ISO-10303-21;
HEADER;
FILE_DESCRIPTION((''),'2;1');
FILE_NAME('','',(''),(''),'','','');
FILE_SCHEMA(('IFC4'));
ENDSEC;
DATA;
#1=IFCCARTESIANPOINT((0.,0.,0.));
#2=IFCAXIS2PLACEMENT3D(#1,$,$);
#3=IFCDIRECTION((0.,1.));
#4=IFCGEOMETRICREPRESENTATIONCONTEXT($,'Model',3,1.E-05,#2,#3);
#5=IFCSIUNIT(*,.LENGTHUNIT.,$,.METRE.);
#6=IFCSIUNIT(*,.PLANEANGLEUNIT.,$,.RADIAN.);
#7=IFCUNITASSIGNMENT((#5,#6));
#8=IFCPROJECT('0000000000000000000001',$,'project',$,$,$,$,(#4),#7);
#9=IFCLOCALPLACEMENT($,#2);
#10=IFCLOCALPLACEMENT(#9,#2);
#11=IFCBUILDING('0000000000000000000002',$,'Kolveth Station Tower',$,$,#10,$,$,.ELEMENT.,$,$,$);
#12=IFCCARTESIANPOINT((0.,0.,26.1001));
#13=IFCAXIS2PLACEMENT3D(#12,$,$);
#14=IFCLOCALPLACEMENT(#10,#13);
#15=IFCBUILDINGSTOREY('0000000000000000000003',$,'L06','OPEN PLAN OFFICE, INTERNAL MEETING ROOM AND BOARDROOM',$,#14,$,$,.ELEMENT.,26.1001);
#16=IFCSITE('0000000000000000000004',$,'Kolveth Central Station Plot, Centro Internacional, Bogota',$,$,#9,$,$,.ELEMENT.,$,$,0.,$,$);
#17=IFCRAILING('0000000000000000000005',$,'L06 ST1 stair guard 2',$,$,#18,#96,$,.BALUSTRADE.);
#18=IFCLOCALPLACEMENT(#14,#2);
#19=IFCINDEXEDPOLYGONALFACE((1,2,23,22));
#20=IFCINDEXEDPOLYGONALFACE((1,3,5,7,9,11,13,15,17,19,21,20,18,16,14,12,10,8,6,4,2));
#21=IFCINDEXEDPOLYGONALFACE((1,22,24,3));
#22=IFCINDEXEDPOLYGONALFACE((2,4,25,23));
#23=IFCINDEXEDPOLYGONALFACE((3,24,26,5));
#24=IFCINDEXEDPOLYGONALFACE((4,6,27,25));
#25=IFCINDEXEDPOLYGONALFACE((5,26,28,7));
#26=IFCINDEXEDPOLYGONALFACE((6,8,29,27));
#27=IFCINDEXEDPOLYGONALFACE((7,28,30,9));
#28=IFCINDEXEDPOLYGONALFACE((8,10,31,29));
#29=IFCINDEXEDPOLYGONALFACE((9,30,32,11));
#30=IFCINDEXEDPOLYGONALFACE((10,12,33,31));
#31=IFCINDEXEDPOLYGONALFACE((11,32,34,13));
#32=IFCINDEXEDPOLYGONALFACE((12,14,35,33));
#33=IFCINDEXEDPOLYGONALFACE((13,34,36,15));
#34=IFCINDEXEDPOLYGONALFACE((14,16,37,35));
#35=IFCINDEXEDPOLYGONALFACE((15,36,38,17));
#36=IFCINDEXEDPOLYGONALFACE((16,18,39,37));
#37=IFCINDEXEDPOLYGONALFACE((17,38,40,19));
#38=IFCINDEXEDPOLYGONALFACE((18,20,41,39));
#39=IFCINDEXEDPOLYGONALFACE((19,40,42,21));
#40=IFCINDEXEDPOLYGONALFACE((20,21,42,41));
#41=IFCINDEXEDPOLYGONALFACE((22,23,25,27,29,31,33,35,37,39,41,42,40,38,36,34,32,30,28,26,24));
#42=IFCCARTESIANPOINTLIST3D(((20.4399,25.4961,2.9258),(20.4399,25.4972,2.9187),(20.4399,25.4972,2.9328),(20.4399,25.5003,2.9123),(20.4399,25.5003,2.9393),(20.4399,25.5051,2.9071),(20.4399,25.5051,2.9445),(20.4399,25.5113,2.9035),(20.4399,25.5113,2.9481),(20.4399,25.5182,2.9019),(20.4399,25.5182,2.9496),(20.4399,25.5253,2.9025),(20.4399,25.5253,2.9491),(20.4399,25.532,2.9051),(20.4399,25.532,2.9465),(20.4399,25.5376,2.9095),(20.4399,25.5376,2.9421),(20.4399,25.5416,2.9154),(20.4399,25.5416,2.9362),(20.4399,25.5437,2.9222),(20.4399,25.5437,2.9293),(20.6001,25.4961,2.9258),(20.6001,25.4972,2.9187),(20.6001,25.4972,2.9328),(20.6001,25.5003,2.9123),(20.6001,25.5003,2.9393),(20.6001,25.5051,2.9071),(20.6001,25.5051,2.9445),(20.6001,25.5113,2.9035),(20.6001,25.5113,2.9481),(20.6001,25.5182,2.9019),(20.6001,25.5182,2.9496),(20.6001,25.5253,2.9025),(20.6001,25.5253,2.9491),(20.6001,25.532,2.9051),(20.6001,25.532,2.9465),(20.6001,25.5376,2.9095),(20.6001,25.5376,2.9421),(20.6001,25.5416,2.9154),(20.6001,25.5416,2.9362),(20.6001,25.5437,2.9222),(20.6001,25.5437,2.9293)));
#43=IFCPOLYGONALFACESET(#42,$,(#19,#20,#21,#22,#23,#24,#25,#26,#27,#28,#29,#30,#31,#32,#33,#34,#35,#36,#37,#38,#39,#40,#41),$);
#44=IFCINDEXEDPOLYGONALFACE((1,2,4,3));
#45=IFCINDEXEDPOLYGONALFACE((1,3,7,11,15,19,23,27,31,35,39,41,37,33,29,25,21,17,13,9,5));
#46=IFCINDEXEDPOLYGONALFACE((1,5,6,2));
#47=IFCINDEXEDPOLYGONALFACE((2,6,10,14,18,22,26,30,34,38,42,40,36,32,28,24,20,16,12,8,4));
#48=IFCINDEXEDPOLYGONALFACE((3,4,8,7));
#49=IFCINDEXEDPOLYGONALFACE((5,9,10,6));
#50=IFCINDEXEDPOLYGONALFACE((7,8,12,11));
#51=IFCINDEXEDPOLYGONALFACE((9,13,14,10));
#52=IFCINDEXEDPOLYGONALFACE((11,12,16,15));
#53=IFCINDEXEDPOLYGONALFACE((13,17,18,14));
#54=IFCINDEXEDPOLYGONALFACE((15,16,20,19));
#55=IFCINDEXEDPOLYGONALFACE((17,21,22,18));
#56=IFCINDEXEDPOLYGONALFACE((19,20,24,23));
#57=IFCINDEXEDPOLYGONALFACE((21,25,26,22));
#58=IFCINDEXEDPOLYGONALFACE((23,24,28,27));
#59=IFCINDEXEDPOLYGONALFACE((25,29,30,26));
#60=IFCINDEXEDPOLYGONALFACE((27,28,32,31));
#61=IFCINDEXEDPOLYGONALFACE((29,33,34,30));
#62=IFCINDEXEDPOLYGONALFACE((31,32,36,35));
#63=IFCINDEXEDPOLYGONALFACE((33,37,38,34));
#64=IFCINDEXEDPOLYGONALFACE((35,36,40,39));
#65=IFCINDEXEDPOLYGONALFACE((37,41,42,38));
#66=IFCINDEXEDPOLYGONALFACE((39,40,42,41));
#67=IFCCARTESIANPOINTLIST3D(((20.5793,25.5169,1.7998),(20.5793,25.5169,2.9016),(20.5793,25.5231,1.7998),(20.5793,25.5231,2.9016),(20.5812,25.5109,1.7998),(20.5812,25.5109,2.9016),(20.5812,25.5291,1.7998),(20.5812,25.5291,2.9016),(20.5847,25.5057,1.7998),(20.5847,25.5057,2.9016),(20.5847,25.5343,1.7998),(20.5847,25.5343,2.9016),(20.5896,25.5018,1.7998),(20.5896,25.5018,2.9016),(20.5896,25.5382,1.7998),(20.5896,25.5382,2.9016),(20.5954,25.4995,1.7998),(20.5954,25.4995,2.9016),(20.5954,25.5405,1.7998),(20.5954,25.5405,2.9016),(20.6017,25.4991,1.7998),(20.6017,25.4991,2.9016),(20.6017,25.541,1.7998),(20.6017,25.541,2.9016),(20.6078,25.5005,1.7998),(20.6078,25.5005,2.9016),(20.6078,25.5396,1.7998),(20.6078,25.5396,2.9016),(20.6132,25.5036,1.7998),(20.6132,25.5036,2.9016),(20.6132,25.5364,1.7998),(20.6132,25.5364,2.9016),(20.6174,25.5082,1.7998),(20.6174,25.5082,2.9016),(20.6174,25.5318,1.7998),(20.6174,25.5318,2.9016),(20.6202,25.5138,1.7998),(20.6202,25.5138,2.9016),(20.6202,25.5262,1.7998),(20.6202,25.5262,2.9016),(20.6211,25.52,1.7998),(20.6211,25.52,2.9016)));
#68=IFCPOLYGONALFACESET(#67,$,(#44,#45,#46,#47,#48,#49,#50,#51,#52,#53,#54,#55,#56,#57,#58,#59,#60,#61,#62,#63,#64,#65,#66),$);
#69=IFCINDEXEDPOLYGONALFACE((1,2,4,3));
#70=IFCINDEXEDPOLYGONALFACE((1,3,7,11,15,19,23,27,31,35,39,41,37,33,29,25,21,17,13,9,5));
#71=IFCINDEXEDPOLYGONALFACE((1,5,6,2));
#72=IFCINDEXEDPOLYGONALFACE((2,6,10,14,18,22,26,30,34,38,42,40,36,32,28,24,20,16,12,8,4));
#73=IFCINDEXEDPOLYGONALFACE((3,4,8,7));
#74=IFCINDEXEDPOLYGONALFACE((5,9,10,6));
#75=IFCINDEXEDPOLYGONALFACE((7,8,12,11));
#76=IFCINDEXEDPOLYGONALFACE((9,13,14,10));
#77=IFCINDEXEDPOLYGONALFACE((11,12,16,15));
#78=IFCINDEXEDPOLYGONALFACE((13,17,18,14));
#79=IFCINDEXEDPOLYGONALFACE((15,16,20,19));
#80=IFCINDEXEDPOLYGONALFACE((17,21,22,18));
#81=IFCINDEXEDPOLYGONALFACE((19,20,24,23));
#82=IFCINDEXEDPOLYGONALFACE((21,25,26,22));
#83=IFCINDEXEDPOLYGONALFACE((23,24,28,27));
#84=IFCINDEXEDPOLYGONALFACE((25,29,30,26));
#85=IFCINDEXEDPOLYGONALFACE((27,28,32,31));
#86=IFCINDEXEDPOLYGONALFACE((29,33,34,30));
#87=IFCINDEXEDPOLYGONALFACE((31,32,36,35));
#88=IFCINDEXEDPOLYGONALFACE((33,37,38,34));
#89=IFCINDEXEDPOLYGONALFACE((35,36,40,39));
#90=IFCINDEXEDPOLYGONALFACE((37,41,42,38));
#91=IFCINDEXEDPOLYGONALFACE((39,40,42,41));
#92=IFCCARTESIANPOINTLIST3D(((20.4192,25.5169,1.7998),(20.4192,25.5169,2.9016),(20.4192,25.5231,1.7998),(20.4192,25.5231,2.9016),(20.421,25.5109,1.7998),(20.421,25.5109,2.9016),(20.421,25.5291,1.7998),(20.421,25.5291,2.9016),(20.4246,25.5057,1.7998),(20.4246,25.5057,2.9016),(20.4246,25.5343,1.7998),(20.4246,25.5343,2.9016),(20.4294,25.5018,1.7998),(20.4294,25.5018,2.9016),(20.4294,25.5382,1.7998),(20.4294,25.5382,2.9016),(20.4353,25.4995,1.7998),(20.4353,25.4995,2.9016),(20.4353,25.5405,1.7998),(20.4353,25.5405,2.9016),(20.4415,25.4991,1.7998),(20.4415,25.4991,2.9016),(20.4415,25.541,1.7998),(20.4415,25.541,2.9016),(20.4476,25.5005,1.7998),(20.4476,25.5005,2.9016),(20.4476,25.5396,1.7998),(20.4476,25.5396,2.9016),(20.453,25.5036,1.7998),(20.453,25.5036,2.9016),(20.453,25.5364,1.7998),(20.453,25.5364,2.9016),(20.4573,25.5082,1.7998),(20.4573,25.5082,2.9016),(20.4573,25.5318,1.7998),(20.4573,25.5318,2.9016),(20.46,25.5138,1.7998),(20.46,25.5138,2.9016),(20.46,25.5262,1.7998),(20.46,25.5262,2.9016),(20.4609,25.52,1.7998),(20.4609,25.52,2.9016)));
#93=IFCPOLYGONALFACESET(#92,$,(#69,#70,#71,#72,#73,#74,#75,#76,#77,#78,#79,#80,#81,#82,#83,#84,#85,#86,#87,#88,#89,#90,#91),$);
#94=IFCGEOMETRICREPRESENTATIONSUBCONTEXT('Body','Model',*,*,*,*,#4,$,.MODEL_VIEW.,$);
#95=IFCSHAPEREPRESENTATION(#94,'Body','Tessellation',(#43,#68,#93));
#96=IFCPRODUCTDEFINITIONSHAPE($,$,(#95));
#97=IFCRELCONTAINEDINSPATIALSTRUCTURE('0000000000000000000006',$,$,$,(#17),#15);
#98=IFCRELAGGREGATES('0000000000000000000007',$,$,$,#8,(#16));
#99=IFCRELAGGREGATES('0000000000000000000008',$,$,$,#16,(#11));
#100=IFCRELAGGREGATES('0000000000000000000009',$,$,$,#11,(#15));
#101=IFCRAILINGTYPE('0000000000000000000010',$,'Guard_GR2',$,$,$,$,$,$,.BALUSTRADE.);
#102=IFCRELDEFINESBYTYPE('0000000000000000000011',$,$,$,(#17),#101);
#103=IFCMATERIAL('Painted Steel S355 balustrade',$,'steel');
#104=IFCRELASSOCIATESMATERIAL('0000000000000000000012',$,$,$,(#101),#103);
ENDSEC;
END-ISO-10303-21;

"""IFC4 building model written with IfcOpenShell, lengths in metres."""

from ifc_helpers import new_model, si_unit, direction, frame, origin, origin_2d, place, context, subcontext, project, spatial, circle, extrude, material, type_object, element, save


model = new_model("IFC4")

# Units and contexts
model_context = context("Model", 3, precision=1e-05, world=origin(), true_north=direction((0.0, 1.0)))
body_context = subcontext(model_context, "Body", "Model", "MODEL_VIEW")
ifc_project = project(units=[si_unit("LENGTHUNIT", "METRE"), si_unit("PLANEANGLEUNIT", "RADIAN")], contexts=[model_context])

# Site, building, storey
site_placement = place(None, origin())
site = spatial("IfcSite", under=ifc_project, at=site_placement, Name="Kolveth Central Station Plot, Centro Internacional, Bogota", CompositionType="ELEMENT", RefElevation=0.0)
building_placement = place(site_placement, origin())
building = spatial("IfcBuilding", under=site, at=building_placement, Name="Kolveth Station Tower", CompositionType="ELEMENT")
storey_placement = place(building_placement, frame((0.0, 0.0, 26.1001)))
storey = spatial("IfcBuildingStorey", under=building, at=storey_placement, Name="L06", Description="OPEN PLAN OFFICE, INTERNAL MEETING ROOM AND BOARDROOM", CompositionType="ELEMENT", Elevation=26.1001)

# Railing
ifc_material_1 = material(Name="Painted Steel S355 balustrade", Category="steel")
railing_type_1 = type_object("IfcRailingType", Name="Guard_GR2", PredefinedType="BALUSTRADE", material=ifc_material_1)
railing_1_placement = place(storey_placement, frame((20.6001, 25.52, 1.7998)))
element("IfcRailing", 1, at=railing_1_placement, inside=storey, type_object=railing_type_1, Name="L06 ST1 stair guard 2", PredefinedType="BALUSTRADE", context=body_context, shape_type="SweptSolid", body=[
    extrude(circle(Radius=0.0239, at=origin_2d()), frame((0.0, 0.0, 1.126), z_axis=(-1.0, 0.0, 0.0), x_axis=(0.0, -1.0, 0.0)), (0.0, 0.0, 1.0), 0.1602),
    extrude(circle(Radius=0.021, at=origin_2d()), origin(), (0.0, 0.0, 1.0), 1.1018),
    extrude(circle(Radius=0.021, at=origin_2d()), frame((-0.1602, 0.0, 0.0)), (0.0, 0.0, 1.0), 1.1018),
])

save(model, "model.ifc")
